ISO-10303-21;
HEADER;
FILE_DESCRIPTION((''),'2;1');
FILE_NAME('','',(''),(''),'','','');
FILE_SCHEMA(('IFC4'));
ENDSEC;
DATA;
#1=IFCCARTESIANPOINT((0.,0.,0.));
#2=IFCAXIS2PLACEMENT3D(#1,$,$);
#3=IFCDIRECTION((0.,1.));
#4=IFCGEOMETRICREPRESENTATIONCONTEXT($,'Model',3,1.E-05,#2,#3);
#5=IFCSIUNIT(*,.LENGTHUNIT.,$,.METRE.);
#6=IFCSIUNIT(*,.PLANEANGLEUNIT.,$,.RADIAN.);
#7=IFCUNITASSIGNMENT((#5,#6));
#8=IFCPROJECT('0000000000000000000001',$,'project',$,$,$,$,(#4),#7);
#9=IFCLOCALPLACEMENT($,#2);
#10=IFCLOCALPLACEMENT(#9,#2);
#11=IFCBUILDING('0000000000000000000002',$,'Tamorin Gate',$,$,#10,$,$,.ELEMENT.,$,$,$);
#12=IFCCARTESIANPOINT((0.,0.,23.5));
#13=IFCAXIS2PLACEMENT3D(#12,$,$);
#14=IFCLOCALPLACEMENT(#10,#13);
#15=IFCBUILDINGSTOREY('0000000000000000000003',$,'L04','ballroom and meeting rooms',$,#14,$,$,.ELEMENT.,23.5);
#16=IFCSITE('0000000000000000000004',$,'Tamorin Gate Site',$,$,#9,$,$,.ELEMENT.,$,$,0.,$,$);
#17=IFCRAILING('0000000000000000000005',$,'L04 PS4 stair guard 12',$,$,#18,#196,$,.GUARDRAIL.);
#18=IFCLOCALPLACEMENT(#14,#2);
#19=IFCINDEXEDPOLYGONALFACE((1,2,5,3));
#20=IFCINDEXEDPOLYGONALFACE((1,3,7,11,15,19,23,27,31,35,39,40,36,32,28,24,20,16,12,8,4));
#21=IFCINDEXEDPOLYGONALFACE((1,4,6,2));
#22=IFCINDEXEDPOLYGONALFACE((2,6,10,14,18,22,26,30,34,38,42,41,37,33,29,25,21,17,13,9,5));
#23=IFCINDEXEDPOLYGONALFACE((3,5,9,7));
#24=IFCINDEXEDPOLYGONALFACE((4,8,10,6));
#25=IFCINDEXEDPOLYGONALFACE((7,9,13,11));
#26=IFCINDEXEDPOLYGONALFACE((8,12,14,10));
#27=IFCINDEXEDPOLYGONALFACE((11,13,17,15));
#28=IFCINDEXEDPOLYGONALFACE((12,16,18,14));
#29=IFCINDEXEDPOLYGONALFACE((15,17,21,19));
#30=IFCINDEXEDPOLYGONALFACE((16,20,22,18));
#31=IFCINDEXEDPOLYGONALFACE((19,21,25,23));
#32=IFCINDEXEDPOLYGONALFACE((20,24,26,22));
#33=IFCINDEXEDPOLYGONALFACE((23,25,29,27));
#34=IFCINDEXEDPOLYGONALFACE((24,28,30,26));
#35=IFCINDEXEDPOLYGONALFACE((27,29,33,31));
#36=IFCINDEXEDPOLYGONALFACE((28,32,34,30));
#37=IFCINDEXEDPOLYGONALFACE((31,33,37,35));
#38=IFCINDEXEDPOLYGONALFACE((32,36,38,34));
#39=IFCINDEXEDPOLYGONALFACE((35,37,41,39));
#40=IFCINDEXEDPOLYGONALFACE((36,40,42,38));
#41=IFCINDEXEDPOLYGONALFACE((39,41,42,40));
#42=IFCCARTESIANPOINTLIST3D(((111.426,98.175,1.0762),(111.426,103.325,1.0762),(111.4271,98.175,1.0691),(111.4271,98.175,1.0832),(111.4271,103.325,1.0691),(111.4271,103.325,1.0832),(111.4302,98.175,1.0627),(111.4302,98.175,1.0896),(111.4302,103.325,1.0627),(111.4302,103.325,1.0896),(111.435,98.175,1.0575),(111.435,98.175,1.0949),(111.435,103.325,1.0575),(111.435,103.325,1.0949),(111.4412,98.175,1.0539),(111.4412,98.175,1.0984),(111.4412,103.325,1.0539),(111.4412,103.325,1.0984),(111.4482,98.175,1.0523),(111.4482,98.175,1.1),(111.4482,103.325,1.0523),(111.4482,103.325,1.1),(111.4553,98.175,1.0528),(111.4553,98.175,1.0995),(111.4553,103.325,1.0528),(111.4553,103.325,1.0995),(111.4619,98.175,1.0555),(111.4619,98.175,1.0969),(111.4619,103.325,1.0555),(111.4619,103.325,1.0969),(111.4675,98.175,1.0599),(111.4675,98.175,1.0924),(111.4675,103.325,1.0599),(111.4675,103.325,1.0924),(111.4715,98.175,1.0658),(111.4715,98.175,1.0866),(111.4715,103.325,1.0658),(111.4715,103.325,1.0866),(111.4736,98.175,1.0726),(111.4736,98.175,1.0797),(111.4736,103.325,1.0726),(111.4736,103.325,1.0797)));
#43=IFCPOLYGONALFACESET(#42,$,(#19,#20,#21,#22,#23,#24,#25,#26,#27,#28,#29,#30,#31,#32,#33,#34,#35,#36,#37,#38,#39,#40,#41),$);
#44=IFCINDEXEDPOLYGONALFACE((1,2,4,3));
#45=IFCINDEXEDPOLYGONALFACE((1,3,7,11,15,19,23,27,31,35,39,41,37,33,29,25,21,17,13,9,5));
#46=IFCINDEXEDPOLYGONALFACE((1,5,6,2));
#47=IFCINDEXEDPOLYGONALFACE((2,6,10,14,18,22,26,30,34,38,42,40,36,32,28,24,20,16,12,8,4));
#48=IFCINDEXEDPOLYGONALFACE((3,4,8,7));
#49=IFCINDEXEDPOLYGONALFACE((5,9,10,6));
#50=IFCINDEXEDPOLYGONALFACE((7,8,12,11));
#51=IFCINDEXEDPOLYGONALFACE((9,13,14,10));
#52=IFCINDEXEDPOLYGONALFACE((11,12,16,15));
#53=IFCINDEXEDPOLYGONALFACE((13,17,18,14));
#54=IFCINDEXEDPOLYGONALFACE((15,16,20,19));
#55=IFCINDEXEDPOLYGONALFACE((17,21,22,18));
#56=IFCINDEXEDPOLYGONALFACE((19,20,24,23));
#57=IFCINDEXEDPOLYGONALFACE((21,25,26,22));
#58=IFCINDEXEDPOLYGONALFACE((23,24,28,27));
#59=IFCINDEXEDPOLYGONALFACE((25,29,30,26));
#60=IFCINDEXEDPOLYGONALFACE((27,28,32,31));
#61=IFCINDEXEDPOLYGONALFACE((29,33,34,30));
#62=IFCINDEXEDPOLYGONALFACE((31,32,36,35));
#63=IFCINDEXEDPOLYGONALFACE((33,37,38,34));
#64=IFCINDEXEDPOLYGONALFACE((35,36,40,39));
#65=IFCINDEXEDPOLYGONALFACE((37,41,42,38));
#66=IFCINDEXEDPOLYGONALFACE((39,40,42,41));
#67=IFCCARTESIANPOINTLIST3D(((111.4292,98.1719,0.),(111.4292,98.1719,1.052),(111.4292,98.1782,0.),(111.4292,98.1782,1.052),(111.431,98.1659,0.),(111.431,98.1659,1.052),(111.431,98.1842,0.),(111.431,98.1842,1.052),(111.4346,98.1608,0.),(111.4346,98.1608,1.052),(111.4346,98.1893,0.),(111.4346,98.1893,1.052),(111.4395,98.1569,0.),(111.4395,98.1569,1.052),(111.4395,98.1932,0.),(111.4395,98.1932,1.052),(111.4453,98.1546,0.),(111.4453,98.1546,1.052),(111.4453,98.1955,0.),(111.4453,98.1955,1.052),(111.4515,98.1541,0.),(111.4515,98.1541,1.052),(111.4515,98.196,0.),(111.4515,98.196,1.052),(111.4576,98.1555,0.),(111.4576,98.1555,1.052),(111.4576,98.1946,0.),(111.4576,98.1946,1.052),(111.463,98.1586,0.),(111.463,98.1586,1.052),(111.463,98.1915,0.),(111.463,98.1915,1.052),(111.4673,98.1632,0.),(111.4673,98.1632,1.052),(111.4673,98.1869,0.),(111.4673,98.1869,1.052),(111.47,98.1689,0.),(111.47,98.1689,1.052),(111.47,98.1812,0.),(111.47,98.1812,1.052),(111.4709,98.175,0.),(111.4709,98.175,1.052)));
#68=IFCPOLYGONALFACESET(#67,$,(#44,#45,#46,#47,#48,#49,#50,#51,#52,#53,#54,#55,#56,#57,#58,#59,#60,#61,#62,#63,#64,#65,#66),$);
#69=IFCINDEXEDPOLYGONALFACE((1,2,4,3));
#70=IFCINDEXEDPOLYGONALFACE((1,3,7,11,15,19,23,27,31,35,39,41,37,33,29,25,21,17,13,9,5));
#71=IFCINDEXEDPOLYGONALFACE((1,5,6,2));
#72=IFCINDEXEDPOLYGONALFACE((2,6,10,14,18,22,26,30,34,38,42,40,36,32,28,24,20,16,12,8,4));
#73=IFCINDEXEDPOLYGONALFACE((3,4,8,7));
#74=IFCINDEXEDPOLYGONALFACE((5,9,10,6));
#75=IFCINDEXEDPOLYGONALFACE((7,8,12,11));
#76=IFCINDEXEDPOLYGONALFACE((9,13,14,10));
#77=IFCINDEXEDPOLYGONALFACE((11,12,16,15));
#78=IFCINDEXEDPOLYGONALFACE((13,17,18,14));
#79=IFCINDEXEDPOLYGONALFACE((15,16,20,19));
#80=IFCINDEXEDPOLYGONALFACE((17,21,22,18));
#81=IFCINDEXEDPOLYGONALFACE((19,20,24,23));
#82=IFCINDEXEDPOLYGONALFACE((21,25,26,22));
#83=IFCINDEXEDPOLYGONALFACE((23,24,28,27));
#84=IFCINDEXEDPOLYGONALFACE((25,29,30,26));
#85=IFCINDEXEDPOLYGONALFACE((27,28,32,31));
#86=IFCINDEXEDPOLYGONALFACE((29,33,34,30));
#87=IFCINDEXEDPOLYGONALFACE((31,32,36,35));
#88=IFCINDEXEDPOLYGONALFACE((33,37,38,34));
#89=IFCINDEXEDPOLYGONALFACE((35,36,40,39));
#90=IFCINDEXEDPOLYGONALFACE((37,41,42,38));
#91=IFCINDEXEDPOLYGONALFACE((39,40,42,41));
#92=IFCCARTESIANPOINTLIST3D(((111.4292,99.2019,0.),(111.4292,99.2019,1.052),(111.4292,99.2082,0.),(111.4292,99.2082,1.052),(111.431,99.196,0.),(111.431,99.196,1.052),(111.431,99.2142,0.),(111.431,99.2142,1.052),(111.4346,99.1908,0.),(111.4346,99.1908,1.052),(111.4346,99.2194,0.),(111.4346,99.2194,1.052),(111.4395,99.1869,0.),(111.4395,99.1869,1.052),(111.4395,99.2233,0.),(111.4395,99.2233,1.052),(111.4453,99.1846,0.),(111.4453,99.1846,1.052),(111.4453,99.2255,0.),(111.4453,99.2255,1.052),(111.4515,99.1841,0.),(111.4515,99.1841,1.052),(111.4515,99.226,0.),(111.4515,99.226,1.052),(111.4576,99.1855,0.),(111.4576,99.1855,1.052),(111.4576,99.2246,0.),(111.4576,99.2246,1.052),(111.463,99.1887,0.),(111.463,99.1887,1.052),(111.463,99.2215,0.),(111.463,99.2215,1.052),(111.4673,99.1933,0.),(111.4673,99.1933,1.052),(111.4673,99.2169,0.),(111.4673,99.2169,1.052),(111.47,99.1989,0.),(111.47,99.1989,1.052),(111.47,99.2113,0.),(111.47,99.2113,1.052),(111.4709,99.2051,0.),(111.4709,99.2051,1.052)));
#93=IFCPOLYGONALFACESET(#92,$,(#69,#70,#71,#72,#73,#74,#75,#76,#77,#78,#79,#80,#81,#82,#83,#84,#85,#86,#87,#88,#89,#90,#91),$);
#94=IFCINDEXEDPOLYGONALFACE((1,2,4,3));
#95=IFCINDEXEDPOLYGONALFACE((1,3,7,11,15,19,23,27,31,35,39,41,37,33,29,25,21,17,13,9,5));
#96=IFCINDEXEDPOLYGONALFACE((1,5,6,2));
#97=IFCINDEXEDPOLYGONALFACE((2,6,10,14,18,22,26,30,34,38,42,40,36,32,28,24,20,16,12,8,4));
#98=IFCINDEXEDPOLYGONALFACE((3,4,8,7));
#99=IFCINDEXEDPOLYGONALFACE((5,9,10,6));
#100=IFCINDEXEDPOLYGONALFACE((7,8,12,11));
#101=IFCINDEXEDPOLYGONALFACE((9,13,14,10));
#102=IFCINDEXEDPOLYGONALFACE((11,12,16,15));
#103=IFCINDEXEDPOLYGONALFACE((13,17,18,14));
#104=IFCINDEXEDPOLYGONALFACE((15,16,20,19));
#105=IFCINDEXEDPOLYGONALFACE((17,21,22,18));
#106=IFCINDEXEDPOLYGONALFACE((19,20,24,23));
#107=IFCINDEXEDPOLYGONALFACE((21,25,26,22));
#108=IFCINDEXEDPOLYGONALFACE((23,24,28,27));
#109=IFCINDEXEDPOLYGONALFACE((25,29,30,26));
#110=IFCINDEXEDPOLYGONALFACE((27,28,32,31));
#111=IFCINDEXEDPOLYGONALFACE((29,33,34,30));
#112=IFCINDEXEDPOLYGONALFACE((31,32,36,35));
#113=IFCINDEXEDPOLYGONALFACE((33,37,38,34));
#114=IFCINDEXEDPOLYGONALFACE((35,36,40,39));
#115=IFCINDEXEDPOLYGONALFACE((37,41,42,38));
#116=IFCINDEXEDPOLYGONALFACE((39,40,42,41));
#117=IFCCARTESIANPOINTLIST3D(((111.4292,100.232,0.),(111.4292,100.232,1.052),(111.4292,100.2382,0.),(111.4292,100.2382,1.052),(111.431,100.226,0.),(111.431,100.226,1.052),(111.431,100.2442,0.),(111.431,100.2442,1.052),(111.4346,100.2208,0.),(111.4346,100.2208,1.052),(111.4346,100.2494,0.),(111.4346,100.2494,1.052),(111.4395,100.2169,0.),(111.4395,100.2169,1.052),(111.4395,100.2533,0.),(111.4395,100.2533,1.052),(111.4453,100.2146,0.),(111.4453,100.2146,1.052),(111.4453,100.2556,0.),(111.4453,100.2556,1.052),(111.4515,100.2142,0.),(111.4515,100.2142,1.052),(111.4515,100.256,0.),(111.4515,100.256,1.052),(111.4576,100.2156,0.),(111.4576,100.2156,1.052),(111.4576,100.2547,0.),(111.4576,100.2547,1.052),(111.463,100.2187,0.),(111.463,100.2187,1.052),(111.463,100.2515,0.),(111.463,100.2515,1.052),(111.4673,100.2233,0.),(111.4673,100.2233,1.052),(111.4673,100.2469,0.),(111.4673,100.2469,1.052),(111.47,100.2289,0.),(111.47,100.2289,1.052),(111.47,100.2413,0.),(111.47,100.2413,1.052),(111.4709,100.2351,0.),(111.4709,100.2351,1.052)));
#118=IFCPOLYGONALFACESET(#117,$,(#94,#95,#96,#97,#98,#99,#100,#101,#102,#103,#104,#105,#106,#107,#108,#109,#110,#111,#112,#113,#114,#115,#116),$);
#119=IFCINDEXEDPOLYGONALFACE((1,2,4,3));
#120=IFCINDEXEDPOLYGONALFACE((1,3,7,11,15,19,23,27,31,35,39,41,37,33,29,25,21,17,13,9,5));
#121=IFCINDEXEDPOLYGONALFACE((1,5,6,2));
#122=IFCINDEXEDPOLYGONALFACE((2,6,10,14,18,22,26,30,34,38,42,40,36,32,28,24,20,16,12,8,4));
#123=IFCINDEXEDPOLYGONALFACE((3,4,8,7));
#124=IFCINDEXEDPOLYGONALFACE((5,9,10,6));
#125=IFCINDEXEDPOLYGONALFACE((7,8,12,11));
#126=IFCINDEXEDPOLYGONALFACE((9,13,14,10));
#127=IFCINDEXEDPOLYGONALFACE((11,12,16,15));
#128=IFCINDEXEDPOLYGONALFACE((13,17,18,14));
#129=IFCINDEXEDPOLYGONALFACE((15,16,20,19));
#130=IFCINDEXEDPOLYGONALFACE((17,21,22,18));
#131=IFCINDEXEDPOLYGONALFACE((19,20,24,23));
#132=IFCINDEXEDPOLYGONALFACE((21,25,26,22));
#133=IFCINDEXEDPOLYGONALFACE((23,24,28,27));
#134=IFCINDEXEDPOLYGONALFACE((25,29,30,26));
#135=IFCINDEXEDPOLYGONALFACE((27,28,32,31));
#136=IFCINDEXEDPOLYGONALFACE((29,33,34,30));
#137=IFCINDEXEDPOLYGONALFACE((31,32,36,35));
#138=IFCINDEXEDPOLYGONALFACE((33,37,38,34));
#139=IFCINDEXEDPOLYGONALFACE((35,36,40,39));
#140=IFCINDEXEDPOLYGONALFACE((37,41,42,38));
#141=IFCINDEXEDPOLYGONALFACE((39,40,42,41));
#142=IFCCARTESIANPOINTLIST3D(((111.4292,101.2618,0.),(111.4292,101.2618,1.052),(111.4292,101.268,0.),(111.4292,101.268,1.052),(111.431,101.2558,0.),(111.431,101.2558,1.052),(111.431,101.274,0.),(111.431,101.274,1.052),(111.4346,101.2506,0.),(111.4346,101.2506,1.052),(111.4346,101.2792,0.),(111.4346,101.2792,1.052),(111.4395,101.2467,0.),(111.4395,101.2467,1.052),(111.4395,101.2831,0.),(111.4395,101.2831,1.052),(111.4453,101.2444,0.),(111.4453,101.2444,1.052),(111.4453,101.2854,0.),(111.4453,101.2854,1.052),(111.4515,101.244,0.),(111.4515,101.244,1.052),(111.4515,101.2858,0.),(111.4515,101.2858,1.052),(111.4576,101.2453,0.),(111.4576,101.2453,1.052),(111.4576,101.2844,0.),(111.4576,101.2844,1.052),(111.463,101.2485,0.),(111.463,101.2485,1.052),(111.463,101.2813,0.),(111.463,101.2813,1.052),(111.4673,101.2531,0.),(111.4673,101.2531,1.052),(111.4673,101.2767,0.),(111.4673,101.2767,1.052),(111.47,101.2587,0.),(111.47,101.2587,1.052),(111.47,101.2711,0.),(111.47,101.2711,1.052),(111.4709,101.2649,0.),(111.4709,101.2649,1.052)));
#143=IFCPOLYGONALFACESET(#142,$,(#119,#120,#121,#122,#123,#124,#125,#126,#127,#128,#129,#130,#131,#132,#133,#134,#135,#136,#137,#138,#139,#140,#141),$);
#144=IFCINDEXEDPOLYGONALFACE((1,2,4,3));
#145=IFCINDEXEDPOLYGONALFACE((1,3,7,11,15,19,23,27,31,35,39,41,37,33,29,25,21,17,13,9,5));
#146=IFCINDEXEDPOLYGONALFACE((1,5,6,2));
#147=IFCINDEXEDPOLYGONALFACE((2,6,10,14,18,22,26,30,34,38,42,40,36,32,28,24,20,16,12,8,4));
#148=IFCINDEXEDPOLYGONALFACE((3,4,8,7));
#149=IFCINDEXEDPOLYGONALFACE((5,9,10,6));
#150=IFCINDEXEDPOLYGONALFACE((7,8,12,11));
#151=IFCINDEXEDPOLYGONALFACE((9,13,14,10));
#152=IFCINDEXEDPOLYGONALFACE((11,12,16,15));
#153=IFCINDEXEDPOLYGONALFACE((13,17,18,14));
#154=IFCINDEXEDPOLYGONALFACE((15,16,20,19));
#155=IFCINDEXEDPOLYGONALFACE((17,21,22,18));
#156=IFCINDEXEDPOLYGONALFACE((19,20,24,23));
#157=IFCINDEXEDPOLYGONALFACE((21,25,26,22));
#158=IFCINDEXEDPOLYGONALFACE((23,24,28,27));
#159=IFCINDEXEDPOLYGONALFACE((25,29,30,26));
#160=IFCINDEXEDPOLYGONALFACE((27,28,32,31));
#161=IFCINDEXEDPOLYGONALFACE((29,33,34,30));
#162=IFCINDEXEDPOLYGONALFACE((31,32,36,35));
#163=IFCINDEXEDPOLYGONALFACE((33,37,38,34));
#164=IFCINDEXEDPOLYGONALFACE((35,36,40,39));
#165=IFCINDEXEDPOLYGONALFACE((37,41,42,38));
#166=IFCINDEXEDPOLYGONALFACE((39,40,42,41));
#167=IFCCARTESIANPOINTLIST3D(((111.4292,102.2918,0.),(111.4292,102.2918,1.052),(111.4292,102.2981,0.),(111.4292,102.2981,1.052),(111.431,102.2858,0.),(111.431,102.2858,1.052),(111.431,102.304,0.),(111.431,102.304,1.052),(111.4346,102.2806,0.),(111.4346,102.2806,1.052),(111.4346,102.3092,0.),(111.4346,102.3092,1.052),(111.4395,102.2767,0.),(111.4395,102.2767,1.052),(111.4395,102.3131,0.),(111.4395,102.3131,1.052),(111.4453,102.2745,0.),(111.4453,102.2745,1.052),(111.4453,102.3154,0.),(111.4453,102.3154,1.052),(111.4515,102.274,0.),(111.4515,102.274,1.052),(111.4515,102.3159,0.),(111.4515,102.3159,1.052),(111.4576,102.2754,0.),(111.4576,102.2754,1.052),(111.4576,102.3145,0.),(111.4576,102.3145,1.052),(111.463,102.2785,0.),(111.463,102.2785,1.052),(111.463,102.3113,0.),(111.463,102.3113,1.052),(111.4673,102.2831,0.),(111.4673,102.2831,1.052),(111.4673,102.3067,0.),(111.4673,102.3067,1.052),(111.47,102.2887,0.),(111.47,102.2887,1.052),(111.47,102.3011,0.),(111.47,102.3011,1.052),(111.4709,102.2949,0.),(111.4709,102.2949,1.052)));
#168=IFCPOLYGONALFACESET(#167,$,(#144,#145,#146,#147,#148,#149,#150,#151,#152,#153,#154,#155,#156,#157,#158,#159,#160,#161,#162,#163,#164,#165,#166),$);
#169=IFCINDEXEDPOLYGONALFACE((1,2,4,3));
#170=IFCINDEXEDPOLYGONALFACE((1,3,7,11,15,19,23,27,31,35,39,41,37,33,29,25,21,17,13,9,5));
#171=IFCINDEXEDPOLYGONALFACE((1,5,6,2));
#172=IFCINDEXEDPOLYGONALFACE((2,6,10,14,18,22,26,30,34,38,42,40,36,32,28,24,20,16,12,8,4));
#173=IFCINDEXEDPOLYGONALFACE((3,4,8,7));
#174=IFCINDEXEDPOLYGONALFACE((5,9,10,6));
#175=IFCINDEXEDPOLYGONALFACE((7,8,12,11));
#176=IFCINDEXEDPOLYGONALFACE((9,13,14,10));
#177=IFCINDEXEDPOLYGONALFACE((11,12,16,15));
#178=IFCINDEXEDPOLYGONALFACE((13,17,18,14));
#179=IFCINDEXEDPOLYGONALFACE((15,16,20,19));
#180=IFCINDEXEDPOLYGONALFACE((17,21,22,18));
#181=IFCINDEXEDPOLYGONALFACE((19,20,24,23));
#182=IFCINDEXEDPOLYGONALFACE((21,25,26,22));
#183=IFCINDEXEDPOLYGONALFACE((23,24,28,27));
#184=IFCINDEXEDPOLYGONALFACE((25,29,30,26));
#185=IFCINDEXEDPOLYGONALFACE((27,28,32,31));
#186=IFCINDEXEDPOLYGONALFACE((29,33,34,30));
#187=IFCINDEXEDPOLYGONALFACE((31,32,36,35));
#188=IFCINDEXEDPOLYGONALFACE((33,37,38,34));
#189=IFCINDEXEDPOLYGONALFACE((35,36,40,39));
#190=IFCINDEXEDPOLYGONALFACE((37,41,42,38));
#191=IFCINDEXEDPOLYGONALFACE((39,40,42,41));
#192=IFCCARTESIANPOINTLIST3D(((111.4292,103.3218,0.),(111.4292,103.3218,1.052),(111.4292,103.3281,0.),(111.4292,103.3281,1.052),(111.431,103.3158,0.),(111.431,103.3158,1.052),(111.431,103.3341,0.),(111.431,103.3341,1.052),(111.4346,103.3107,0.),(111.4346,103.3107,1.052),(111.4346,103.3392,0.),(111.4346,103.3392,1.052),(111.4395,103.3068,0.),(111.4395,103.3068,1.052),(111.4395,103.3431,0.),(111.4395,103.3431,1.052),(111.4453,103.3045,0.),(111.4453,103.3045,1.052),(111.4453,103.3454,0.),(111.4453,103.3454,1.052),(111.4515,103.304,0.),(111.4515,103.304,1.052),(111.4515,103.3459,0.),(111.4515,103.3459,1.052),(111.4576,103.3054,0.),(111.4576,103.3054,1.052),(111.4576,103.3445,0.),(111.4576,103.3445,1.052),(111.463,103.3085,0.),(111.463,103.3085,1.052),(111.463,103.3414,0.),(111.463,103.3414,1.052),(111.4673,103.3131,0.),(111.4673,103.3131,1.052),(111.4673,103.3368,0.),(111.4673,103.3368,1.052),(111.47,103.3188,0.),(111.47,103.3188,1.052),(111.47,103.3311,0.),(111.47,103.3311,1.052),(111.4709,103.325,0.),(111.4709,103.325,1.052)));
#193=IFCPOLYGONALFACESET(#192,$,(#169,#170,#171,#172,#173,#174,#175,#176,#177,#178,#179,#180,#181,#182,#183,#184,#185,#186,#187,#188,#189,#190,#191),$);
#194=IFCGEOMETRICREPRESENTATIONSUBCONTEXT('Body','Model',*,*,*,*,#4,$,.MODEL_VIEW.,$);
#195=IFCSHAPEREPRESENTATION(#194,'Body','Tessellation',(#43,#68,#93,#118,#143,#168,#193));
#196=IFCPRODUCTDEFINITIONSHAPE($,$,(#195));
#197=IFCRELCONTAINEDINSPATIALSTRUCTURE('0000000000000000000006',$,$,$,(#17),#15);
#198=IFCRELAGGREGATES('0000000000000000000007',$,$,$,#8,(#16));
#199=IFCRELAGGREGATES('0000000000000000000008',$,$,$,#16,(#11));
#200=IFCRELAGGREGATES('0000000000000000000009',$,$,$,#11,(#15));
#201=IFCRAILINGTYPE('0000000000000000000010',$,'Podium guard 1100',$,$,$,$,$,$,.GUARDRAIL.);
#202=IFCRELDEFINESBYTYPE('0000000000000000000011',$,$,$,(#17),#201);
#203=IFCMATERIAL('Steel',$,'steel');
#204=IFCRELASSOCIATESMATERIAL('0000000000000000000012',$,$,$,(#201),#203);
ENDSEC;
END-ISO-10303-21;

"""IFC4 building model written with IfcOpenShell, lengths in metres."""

from ifc_helpers import new_model, si_unit, direction, frame, origin, origin_2d, place, context, subcontext, project, spatial, circle, extrude, material, type_object, element, save


model = new_model("IFC4")

# Units and contexts
model_context = context("Model", 3, precision=1e-05, world=origin(), true_north=direction((0.0, 1.0)))
body_context = subcontext(model_context, "Body", "Model", "MODEL_VIEW")
ifc_project = project(units=[si_unit("LENGTHUNIT", "METRE"), si_unit("PLANEANGLEUNIT", "RADIAN")], contexts=[model_context])

# Site, building, storey
site_placement = place(None, origin())
site = spatial("IfcSite", under=ifc_project, at=site_placement, Name="Tamorin Gate Site", CompositionType="ELEMENT", RefElevation=0.0)
building_placement = place(site_placement, origin())
building = spatial("IfcBuilding", under=site, at=building_placement, Name="Tamorin Gate", CompositionType="ELEMENT")
storey_placement = place(building_placement, frame((0.0, 0.0, 23.5)))
storey = spatial("IfcBuildingStorey", under=building, at=storey_placement, Name="L04", Description="ballroom and meeting rooms", CompositionType="ELEMENT", Elevation=23.5)

# Railing
ifc_material_1 = material(Name="Steel", Category="steel")
railing_type = type_object("IfcRailingType", Name="Podium guard 1100", PredefinedType="GUARDRAIL", material=ifc_material_1)
railing_1_placement = place(storey_placement, frame((111.45, 98.175, 0.0)))
element("IfcRailing", 1, at=railing_1_placement, inside=storey, type_object=railing_type, Name="L04 PS4 stair guard 12", PredefinedType="GUARDRAIL", context=body_context, shape_type="SweptSolid", body=[
    extrude(circle(Radius=0.0239, at=origin_2d()), frame((0.0, 0.0, 1.0762), z_axis=(0.0, 1.0, 0.0), x_axis=(-1.0, 0.0, 0.0)), (0.0, 0.0, 1.0), 5.1499),
    extrude(circle(Radius=0.021, at=origin_2d()), origin(), (0.0, 0.0, 1.0), 1.052),
    extrude(circle(Radius=0.021, at=origin_2d()), frame((0.0, 1.03, 0.0)), (0.0, 0.0, 1.0), 1.052),
    extrude(circle(Radius=0.021, at=origin_2d()), frame((0.0, 2.0601, 0.0)), (0.0, 0.0, 1.0), 1.052),
    extrude(circle(Radius=0.021, at=origin_2d()), frame((0.0, 3.0898, 0.0)), (0.0, 0.0, 1.0), 1.052),
    extrude(circle(Radius=0.021, at=origin_2d()), frame((0.0, 4.1199, 0.0)), (0.0, 0.0, 1.0), 1.052),
    extrude(circle(Radius=0.021, at=origin_2d()), frame((0.0, 5.1499, 0.0)), (0.0, 0.0, 1.0), 1.052),
])

save(model, "model.ifc")
